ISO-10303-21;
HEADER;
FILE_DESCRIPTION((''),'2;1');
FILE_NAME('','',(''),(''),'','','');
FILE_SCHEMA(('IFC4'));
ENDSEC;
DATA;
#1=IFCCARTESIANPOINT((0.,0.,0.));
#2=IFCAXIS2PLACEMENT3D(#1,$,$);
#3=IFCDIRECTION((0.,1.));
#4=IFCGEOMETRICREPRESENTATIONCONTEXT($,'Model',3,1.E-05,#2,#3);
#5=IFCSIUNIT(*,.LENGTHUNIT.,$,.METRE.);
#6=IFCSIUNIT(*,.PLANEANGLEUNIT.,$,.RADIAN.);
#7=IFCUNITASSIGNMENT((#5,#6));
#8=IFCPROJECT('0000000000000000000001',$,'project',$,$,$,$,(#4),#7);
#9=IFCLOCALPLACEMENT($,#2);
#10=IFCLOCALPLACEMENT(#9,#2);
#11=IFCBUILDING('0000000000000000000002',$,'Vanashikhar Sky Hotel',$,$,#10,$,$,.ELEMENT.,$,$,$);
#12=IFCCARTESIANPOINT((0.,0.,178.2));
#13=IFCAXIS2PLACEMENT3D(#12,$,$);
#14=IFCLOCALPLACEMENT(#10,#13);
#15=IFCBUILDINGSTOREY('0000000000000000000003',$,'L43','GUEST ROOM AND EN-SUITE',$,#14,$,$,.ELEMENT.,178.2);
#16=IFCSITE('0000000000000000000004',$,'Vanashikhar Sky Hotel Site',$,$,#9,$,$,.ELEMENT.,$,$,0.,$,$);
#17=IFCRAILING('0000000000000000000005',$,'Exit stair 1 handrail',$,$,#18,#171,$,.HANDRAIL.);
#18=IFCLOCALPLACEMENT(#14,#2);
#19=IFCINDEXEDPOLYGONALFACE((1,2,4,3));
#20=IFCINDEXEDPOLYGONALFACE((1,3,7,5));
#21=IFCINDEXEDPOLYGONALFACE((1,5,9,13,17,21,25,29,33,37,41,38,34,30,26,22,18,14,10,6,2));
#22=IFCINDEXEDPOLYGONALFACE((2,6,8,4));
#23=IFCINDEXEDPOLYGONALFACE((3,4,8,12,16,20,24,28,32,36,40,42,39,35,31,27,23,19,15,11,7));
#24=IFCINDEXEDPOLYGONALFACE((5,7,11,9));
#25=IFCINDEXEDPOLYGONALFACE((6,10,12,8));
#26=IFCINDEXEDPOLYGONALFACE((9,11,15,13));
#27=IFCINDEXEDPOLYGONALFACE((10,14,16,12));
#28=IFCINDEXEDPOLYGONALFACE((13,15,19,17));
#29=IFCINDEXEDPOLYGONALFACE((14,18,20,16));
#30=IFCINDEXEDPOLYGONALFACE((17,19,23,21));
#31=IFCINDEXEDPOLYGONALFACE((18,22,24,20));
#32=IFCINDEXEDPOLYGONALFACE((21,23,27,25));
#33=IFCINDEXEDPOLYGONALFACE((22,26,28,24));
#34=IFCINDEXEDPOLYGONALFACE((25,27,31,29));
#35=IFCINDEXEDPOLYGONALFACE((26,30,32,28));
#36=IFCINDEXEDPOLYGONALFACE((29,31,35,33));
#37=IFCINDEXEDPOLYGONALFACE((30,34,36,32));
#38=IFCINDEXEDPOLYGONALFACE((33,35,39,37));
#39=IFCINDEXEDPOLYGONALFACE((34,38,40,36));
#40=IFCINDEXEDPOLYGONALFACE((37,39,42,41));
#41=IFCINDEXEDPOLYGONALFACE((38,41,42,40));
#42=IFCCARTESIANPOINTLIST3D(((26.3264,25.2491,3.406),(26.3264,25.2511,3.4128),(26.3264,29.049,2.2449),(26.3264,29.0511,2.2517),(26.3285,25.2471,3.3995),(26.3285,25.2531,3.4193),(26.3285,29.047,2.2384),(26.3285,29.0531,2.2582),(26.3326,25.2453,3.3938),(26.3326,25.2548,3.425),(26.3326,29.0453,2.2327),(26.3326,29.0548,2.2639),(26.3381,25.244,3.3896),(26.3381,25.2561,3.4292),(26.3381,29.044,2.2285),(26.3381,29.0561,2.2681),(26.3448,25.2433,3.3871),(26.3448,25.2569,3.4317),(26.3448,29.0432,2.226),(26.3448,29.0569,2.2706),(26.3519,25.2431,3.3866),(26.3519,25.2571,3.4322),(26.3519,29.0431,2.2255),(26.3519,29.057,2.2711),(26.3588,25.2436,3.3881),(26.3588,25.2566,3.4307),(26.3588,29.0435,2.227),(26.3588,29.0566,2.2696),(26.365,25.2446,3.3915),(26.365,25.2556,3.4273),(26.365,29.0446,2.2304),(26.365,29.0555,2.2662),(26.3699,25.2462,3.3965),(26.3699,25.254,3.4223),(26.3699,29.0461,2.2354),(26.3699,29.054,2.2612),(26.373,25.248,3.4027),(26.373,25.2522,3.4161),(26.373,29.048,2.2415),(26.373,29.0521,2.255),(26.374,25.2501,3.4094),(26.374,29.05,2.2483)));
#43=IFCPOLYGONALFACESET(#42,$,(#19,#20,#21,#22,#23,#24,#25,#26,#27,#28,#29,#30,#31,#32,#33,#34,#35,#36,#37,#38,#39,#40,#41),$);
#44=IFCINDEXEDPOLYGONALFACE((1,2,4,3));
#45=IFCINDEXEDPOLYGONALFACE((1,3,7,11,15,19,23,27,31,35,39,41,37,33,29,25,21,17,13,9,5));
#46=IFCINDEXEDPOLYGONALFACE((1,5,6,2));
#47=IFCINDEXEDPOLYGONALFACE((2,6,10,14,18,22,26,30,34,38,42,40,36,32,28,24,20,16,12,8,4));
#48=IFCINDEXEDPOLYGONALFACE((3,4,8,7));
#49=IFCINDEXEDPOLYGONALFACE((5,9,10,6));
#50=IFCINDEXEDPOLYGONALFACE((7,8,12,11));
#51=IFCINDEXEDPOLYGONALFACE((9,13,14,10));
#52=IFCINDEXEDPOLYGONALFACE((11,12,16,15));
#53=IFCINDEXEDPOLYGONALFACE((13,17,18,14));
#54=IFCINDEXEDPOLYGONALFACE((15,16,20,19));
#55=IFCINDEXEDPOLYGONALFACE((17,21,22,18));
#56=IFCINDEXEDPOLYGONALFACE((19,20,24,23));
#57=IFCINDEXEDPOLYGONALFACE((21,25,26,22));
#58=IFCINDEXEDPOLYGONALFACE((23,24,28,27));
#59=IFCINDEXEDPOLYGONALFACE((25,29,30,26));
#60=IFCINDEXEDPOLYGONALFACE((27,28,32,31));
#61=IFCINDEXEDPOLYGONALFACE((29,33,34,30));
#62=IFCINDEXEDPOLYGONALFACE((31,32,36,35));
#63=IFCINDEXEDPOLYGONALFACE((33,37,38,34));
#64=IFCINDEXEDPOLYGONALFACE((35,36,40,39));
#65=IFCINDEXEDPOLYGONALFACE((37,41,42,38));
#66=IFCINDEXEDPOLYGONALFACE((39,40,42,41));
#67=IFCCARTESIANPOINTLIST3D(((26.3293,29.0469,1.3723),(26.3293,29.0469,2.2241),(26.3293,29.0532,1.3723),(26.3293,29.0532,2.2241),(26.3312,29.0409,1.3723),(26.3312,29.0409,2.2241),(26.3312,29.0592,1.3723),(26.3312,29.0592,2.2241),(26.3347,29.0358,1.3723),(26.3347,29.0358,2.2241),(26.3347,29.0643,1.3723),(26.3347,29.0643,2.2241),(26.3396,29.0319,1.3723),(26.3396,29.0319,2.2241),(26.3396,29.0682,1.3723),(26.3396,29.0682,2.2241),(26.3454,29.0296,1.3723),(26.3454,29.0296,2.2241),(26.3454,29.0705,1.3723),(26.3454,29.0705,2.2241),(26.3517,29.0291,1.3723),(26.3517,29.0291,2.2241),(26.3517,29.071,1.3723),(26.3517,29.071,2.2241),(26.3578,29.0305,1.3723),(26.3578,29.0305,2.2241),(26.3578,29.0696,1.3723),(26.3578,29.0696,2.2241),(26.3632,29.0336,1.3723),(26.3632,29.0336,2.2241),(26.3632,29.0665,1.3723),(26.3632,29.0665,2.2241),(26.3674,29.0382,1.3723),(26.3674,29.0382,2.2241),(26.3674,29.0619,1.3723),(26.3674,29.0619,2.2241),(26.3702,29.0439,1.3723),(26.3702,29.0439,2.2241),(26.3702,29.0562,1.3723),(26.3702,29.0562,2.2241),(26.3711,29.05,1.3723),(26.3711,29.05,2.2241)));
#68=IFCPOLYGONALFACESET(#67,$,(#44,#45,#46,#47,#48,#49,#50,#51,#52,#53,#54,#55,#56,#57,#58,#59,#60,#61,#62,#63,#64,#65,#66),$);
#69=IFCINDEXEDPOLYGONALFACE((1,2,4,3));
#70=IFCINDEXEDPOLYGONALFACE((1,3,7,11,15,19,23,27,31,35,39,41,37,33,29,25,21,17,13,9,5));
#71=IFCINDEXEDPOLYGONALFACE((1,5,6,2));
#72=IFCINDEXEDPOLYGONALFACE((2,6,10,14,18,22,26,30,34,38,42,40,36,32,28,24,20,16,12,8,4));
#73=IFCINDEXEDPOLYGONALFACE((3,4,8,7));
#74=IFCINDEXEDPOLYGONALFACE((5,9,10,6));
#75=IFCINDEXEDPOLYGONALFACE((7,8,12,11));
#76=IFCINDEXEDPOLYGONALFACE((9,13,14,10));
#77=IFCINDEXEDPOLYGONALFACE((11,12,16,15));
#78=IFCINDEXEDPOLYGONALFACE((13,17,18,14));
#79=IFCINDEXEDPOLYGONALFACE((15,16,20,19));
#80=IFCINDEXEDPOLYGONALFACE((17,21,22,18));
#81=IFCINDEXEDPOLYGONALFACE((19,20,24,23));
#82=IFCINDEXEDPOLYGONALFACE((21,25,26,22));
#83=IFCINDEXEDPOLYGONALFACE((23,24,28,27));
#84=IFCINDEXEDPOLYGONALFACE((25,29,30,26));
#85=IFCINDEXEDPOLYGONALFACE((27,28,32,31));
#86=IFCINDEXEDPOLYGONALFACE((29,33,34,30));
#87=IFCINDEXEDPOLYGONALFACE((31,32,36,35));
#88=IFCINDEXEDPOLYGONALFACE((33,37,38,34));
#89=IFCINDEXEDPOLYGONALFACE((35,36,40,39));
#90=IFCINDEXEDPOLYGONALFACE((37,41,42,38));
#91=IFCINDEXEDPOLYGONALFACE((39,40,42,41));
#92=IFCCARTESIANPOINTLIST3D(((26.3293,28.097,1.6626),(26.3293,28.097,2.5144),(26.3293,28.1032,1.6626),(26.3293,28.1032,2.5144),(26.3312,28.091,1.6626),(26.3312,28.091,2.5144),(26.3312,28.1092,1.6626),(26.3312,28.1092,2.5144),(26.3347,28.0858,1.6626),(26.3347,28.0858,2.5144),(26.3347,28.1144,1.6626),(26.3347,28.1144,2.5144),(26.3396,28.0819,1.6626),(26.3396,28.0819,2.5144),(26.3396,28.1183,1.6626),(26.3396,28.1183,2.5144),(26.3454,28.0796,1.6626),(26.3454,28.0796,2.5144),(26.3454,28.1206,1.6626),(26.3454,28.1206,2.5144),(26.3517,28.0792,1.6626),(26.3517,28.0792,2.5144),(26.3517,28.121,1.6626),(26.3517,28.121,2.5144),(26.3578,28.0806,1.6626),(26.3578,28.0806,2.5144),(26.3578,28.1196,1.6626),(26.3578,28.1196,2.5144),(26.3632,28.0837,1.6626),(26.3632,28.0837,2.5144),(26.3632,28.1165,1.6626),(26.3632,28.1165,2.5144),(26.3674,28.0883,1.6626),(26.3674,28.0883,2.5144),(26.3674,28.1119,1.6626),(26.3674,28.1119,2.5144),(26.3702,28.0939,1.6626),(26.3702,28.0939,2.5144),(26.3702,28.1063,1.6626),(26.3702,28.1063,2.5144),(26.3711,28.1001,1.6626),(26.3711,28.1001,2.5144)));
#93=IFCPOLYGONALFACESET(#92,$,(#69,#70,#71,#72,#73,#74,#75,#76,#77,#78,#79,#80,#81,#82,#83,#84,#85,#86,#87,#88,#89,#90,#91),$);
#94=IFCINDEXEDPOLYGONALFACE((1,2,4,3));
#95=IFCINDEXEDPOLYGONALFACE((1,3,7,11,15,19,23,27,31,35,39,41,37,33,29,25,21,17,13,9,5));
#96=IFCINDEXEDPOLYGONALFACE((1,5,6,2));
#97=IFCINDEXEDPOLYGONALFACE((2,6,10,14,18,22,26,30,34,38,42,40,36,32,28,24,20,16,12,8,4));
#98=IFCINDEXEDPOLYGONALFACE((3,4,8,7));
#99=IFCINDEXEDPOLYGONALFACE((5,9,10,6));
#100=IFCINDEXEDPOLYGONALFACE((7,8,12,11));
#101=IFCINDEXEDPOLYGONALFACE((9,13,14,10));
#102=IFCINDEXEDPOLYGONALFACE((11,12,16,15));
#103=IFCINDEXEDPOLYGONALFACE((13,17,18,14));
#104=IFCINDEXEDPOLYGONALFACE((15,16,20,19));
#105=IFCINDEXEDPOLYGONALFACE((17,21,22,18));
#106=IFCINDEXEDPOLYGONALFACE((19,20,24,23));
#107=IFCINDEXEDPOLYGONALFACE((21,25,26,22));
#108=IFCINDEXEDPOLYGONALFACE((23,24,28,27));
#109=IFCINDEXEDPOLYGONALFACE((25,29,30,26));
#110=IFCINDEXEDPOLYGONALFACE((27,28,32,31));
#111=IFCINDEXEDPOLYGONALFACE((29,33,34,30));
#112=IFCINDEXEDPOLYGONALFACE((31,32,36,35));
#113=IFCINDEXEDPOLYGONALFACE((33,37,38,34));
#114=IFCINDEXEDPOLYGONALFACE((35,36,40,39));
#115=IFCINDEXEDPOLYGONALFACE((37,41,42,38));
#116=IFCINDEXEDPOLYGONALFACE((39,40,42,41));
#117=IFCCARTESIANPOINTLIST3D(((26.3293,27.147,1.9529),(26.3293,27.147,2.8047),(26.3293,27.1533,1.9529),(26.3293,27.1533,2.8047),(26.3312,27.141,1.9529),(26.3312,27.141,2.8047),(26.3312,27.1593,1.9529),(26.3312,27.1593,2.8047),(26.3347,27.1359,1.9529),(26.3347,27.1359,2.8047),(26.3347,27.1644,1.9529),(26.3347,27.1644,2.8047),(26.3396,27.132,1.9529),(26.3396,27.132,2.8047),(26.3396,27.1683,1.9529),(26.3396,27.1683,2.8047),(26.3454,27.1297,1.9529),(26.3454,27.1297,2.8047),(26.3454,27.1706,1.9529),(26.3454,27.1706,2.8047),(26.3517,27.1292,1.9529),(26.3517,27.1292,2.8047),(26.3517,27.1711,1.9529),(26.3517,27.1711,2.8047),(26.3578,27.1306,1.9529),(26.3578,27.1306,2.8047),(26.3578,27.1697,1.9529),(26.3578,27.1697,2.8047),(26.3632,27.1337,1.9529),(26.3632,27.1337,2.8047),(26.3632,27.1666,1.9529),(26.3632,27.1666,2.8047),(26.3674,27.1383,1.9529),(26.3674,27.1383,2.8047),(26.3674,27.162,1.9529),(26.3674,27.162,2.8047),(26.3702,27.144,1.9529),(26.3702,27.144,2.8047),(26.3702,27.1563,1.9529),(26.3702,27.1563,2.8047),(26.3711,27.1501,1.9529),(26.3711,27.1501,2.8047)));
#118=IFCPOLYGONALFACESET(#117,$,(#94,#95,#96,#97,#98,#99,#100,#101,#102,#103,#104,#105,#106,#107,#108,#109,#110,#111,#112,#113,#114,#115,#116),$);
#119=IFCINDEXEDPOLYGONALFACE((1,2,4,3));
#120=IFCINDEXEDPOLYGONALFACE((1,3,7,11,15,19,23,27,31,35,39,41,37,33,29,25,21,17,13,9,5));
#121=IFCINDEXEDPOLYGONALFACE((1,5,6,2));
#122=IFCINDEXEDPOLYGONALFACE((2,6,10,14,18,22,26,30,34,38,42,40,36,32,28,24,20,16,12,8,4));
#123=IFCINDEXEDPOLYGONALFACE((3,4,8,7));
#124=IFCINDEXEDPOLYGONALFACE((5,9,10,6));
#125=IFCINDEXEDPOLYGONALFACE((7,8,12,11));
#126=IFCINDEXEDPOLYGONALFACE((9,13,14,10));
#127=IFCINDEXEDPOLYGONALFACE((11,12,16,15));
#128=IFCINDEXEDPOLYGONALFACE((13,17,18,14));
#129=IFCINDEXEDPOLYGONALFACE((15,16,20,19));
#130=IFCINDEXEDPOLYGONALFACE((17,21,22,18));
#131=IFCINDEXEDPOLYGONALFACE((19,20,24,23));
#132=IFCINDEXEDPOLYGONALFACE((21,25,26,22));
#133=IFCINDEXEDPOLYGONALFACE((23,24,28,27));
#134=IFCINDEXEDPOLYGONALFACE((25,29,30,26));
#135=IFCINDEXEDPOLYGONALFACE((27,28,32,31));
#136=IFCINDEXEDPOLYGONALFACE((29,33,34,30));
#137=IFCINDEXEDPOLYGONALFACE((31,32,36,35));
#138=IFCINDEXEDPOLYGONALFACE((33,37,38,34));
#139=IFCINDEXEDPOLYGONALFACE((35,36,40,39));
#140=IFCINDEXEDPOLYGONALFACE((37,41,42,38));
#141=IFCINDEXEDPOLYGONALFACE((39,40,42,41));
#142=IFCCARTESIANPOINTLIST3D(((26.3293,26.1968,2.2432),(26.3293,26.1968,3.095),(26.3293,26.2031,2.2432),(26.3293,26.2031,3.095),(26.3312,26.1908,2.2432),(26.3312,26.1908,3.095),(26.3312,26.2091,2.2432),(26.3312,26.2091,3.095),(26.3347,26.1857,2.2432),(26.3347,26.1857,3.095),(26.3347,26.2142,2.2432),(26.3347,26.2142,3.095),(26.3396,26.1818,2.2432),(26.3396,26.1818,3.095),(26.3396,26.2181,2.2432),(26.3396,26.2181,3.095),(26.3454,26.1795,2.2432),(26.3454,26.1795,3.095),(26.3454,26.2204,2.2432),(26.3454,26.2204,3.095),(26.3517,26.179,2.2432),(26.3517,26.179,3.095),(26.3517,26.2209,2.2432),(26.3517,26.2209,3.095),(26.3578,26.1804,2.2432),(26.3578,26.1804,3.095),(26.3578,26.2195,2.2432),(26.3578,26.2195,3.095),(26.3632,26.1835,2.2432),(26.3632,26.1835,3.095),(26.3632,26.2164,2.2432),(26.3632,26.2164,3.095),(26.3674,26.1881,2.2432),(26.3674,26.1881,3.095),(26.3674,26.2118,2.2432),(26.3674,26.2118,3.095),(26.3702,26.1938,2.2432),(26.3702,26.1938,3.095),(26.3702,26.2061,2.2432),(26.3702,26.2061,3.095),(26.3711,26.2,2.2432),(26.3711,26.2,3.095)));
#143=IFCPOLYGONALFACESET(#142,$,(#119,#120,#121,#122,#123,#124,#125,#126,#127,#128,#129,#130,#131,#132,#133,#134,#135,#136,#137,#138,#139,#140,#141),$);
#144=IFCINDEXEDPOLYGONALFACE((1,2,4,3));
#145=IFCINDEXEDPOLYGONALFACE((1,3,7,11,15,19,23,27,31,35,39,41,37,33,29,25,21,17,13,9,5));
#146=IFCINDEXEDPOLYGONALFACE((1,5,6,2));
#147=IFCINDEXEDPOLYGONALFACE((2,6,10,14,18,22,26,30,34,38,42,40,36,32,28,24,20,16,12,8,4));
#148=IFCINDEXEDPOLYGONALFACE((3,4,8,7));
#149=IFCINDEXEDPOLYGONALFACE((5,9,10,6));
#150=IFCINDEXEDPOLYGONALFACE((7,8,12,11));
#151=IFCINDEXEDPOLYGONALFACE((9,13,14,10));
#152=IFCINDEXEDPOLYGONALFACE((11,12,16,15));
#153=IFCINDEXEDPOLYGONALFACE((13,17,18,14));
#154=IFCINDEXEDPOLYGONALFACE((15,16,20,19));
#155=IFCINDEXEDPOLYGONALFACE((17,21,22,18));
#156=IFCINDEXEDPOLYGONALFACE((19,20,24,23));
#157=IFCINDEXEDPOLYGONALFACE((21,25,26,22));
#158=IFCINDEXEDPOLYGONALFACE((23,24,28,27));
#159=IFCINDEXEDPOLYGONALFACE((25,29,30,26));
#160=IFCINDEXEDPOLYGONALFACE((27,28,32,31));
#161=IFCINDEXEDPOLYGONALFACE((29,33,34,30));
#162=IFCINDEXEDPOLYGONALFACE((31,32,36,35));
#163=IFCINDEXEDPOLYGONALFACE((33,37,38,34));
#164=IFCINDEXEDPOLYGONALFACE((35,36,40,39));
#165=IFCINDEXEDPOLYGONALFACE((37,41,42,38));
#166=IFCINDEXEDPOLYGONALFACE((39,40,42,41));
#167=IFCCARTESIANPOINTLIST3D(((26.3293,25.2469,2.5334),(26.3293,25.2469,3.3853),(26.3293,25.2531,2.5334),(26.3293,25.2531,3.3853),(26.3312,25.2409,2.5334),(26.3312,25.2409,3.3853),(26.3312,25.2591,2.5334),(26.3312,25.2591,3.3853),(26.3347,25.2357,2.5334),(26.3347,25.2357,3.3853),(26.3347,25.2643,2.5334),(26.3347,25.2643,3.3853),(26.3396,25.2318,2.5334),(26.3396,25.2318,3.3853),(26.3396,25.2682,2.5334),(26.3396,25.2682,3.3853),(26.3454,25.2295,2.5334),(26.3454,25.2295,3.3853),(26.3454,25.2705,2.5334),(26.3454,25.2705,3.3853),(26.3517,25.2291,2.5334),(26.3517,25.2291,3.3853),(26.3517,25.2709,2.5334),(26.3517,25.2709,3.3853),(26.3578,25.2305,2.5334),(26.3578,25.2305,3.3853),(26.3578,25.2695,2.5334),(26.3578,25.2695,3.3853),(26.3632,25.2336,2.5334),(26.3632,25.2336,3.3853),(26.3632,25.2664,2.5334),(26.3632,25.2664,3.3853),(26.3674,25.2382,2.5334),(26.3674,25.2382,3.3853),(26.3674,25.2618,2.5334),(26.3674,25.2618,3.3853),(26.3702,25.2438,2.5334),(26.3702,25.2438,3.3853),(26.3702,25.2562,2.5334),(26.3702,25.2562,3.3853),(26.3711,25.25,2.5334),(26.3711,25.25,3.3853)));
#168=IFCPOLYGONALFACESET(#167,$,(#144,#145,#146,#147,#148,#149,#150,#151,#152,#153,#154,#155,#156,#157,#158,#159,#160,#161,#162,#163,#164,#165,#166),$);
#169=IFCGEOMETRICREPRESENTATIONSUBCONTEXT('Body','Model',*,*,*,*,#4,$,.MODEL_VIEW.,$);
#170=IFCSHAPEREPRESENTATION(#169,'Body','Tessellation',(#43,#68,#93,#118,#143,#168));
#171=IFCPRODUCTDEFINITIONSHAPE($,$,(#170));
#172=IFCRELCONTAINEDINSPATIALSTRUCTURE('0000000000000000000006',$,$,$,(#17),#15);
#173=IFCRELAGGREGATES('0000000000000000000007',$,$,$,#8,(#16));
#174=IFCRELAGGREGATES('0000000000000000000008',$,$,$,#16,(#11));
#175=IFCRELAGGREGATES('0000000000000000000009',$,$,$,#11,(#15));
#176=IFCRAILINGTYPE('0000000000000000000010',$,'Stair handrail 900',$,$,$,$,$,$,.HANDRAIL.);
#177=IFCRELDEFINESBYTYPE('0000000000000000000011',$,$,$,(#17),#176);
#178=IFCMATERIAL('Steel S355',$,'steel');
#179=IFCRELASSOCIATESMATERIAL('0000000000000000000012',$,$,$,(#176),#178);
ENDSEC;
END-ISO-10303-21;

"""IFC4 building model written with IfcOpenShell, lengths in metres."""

from ifc_helpers import new_model, si_unit, direction, frame, origin, origin_2d, place, context, subcontext, project, spatial, circle, extrude, source, transform, mapped, material, type_object, element, save


model = new_model("IFC4")

# Units and contexts
model_context = context("Model", 3, precision=1e-05, world=origin(), true_north=direction((0.0, 1.0)))
body_context = subcontext(model_context, "Body", "Model", "MODEL_VIEW")
ifc_project = project(units=[si_unit("LENGTHUNIT", "METRE"), si_unit("PLANEANGLEUNIT", "RADIAN")], contexts=[model_context])

# Site, building, storey
site_placement = place(None, origin())
site = spatial("IfcSite", under=ifc_project, at=site_placement, Name="Vanashikhar Sky Hotel Site", CompositionType="ELEMENT", RefElevation=0.0)
building_placement = place(site_placement, origin())
building = spatial("IfcBuilding", under=site, at=building_placement, Name="Vanashikhar Sky Hotel", CompositionType="ELEMENT")
storey_placement = place(building_placement, frame((0.0, 0.0, 178.2)))
storey = spatial("IfcBuildingStorey", under=building, at=storey_placement, Name="L43", Description="GUEST ROOM AND EN-SUITE", CompositionType="ELEMENT", Elevation=178.2)

# Railing
ifc_material_1 = material(Name="Steel S355", Category="steel")
railing_type_1 = type_object("IfcRailingType", Name="Stair handrail 900", PredefinedType="HANDRAIL", material=ifc_material_1)
shared_shape_1 = source(origin(), body_context, "Body", "SweptSolid", [
    extrude(circle(Radius=0.0239, at=origin_2d()), frame((0.0, 0.0, 0.876), z_axis=(0.0, -0.956351, 0.29222), x_axis=(1.0, 0.0, 0.0)), (0.0, 0.0, 1.0), 3.9734),
    extrude(circle(Radius=0.021, at=origin_2d()), origin(), (0.0, 0.0, 1.0), 0.8518),
    extrude(circle(Radius=0.021, at=origin_2d()), frame((0.0, -0.95, 0.2903)), (0.0, 0.0, 1.0), 0.8518),
    extrude(circle(Radius=0.021, at=origin_2d()), frame((0.0, -1.8999, 0.5806)), (0.0, 0.0, 1.0), 0.8518),
    extrude(circle(Radius=0.021, at=origin_2d()), frame((0.0, -2.8501, 0.8708)), (0.0, 0.0, 1.0), 0.8518),
    extrude(circle(Radius=0.021, at=origin_2d()), frame((0.0, -3.8, 1.1611)), (0.0, 0.0, 1.0), 0.8518),
])
for number, where, name in (
    (1, (26.3501, 29.05, 1.3723), "Exit stair 1 handrail"),
):
    element("IfcRailing", number, at=place(storey_placement, frame(where)), inside=storey, type_object=railing_type_1, Name=name, PredefinedType="HANDRAIL", context=body_context, shape_type="MappedRepresentation", body=[
        mapped(shared_shape_1, transform((0.0, 0.0, 0.0), scale=1.0)),
    ])

save(model, "model.ifc")
